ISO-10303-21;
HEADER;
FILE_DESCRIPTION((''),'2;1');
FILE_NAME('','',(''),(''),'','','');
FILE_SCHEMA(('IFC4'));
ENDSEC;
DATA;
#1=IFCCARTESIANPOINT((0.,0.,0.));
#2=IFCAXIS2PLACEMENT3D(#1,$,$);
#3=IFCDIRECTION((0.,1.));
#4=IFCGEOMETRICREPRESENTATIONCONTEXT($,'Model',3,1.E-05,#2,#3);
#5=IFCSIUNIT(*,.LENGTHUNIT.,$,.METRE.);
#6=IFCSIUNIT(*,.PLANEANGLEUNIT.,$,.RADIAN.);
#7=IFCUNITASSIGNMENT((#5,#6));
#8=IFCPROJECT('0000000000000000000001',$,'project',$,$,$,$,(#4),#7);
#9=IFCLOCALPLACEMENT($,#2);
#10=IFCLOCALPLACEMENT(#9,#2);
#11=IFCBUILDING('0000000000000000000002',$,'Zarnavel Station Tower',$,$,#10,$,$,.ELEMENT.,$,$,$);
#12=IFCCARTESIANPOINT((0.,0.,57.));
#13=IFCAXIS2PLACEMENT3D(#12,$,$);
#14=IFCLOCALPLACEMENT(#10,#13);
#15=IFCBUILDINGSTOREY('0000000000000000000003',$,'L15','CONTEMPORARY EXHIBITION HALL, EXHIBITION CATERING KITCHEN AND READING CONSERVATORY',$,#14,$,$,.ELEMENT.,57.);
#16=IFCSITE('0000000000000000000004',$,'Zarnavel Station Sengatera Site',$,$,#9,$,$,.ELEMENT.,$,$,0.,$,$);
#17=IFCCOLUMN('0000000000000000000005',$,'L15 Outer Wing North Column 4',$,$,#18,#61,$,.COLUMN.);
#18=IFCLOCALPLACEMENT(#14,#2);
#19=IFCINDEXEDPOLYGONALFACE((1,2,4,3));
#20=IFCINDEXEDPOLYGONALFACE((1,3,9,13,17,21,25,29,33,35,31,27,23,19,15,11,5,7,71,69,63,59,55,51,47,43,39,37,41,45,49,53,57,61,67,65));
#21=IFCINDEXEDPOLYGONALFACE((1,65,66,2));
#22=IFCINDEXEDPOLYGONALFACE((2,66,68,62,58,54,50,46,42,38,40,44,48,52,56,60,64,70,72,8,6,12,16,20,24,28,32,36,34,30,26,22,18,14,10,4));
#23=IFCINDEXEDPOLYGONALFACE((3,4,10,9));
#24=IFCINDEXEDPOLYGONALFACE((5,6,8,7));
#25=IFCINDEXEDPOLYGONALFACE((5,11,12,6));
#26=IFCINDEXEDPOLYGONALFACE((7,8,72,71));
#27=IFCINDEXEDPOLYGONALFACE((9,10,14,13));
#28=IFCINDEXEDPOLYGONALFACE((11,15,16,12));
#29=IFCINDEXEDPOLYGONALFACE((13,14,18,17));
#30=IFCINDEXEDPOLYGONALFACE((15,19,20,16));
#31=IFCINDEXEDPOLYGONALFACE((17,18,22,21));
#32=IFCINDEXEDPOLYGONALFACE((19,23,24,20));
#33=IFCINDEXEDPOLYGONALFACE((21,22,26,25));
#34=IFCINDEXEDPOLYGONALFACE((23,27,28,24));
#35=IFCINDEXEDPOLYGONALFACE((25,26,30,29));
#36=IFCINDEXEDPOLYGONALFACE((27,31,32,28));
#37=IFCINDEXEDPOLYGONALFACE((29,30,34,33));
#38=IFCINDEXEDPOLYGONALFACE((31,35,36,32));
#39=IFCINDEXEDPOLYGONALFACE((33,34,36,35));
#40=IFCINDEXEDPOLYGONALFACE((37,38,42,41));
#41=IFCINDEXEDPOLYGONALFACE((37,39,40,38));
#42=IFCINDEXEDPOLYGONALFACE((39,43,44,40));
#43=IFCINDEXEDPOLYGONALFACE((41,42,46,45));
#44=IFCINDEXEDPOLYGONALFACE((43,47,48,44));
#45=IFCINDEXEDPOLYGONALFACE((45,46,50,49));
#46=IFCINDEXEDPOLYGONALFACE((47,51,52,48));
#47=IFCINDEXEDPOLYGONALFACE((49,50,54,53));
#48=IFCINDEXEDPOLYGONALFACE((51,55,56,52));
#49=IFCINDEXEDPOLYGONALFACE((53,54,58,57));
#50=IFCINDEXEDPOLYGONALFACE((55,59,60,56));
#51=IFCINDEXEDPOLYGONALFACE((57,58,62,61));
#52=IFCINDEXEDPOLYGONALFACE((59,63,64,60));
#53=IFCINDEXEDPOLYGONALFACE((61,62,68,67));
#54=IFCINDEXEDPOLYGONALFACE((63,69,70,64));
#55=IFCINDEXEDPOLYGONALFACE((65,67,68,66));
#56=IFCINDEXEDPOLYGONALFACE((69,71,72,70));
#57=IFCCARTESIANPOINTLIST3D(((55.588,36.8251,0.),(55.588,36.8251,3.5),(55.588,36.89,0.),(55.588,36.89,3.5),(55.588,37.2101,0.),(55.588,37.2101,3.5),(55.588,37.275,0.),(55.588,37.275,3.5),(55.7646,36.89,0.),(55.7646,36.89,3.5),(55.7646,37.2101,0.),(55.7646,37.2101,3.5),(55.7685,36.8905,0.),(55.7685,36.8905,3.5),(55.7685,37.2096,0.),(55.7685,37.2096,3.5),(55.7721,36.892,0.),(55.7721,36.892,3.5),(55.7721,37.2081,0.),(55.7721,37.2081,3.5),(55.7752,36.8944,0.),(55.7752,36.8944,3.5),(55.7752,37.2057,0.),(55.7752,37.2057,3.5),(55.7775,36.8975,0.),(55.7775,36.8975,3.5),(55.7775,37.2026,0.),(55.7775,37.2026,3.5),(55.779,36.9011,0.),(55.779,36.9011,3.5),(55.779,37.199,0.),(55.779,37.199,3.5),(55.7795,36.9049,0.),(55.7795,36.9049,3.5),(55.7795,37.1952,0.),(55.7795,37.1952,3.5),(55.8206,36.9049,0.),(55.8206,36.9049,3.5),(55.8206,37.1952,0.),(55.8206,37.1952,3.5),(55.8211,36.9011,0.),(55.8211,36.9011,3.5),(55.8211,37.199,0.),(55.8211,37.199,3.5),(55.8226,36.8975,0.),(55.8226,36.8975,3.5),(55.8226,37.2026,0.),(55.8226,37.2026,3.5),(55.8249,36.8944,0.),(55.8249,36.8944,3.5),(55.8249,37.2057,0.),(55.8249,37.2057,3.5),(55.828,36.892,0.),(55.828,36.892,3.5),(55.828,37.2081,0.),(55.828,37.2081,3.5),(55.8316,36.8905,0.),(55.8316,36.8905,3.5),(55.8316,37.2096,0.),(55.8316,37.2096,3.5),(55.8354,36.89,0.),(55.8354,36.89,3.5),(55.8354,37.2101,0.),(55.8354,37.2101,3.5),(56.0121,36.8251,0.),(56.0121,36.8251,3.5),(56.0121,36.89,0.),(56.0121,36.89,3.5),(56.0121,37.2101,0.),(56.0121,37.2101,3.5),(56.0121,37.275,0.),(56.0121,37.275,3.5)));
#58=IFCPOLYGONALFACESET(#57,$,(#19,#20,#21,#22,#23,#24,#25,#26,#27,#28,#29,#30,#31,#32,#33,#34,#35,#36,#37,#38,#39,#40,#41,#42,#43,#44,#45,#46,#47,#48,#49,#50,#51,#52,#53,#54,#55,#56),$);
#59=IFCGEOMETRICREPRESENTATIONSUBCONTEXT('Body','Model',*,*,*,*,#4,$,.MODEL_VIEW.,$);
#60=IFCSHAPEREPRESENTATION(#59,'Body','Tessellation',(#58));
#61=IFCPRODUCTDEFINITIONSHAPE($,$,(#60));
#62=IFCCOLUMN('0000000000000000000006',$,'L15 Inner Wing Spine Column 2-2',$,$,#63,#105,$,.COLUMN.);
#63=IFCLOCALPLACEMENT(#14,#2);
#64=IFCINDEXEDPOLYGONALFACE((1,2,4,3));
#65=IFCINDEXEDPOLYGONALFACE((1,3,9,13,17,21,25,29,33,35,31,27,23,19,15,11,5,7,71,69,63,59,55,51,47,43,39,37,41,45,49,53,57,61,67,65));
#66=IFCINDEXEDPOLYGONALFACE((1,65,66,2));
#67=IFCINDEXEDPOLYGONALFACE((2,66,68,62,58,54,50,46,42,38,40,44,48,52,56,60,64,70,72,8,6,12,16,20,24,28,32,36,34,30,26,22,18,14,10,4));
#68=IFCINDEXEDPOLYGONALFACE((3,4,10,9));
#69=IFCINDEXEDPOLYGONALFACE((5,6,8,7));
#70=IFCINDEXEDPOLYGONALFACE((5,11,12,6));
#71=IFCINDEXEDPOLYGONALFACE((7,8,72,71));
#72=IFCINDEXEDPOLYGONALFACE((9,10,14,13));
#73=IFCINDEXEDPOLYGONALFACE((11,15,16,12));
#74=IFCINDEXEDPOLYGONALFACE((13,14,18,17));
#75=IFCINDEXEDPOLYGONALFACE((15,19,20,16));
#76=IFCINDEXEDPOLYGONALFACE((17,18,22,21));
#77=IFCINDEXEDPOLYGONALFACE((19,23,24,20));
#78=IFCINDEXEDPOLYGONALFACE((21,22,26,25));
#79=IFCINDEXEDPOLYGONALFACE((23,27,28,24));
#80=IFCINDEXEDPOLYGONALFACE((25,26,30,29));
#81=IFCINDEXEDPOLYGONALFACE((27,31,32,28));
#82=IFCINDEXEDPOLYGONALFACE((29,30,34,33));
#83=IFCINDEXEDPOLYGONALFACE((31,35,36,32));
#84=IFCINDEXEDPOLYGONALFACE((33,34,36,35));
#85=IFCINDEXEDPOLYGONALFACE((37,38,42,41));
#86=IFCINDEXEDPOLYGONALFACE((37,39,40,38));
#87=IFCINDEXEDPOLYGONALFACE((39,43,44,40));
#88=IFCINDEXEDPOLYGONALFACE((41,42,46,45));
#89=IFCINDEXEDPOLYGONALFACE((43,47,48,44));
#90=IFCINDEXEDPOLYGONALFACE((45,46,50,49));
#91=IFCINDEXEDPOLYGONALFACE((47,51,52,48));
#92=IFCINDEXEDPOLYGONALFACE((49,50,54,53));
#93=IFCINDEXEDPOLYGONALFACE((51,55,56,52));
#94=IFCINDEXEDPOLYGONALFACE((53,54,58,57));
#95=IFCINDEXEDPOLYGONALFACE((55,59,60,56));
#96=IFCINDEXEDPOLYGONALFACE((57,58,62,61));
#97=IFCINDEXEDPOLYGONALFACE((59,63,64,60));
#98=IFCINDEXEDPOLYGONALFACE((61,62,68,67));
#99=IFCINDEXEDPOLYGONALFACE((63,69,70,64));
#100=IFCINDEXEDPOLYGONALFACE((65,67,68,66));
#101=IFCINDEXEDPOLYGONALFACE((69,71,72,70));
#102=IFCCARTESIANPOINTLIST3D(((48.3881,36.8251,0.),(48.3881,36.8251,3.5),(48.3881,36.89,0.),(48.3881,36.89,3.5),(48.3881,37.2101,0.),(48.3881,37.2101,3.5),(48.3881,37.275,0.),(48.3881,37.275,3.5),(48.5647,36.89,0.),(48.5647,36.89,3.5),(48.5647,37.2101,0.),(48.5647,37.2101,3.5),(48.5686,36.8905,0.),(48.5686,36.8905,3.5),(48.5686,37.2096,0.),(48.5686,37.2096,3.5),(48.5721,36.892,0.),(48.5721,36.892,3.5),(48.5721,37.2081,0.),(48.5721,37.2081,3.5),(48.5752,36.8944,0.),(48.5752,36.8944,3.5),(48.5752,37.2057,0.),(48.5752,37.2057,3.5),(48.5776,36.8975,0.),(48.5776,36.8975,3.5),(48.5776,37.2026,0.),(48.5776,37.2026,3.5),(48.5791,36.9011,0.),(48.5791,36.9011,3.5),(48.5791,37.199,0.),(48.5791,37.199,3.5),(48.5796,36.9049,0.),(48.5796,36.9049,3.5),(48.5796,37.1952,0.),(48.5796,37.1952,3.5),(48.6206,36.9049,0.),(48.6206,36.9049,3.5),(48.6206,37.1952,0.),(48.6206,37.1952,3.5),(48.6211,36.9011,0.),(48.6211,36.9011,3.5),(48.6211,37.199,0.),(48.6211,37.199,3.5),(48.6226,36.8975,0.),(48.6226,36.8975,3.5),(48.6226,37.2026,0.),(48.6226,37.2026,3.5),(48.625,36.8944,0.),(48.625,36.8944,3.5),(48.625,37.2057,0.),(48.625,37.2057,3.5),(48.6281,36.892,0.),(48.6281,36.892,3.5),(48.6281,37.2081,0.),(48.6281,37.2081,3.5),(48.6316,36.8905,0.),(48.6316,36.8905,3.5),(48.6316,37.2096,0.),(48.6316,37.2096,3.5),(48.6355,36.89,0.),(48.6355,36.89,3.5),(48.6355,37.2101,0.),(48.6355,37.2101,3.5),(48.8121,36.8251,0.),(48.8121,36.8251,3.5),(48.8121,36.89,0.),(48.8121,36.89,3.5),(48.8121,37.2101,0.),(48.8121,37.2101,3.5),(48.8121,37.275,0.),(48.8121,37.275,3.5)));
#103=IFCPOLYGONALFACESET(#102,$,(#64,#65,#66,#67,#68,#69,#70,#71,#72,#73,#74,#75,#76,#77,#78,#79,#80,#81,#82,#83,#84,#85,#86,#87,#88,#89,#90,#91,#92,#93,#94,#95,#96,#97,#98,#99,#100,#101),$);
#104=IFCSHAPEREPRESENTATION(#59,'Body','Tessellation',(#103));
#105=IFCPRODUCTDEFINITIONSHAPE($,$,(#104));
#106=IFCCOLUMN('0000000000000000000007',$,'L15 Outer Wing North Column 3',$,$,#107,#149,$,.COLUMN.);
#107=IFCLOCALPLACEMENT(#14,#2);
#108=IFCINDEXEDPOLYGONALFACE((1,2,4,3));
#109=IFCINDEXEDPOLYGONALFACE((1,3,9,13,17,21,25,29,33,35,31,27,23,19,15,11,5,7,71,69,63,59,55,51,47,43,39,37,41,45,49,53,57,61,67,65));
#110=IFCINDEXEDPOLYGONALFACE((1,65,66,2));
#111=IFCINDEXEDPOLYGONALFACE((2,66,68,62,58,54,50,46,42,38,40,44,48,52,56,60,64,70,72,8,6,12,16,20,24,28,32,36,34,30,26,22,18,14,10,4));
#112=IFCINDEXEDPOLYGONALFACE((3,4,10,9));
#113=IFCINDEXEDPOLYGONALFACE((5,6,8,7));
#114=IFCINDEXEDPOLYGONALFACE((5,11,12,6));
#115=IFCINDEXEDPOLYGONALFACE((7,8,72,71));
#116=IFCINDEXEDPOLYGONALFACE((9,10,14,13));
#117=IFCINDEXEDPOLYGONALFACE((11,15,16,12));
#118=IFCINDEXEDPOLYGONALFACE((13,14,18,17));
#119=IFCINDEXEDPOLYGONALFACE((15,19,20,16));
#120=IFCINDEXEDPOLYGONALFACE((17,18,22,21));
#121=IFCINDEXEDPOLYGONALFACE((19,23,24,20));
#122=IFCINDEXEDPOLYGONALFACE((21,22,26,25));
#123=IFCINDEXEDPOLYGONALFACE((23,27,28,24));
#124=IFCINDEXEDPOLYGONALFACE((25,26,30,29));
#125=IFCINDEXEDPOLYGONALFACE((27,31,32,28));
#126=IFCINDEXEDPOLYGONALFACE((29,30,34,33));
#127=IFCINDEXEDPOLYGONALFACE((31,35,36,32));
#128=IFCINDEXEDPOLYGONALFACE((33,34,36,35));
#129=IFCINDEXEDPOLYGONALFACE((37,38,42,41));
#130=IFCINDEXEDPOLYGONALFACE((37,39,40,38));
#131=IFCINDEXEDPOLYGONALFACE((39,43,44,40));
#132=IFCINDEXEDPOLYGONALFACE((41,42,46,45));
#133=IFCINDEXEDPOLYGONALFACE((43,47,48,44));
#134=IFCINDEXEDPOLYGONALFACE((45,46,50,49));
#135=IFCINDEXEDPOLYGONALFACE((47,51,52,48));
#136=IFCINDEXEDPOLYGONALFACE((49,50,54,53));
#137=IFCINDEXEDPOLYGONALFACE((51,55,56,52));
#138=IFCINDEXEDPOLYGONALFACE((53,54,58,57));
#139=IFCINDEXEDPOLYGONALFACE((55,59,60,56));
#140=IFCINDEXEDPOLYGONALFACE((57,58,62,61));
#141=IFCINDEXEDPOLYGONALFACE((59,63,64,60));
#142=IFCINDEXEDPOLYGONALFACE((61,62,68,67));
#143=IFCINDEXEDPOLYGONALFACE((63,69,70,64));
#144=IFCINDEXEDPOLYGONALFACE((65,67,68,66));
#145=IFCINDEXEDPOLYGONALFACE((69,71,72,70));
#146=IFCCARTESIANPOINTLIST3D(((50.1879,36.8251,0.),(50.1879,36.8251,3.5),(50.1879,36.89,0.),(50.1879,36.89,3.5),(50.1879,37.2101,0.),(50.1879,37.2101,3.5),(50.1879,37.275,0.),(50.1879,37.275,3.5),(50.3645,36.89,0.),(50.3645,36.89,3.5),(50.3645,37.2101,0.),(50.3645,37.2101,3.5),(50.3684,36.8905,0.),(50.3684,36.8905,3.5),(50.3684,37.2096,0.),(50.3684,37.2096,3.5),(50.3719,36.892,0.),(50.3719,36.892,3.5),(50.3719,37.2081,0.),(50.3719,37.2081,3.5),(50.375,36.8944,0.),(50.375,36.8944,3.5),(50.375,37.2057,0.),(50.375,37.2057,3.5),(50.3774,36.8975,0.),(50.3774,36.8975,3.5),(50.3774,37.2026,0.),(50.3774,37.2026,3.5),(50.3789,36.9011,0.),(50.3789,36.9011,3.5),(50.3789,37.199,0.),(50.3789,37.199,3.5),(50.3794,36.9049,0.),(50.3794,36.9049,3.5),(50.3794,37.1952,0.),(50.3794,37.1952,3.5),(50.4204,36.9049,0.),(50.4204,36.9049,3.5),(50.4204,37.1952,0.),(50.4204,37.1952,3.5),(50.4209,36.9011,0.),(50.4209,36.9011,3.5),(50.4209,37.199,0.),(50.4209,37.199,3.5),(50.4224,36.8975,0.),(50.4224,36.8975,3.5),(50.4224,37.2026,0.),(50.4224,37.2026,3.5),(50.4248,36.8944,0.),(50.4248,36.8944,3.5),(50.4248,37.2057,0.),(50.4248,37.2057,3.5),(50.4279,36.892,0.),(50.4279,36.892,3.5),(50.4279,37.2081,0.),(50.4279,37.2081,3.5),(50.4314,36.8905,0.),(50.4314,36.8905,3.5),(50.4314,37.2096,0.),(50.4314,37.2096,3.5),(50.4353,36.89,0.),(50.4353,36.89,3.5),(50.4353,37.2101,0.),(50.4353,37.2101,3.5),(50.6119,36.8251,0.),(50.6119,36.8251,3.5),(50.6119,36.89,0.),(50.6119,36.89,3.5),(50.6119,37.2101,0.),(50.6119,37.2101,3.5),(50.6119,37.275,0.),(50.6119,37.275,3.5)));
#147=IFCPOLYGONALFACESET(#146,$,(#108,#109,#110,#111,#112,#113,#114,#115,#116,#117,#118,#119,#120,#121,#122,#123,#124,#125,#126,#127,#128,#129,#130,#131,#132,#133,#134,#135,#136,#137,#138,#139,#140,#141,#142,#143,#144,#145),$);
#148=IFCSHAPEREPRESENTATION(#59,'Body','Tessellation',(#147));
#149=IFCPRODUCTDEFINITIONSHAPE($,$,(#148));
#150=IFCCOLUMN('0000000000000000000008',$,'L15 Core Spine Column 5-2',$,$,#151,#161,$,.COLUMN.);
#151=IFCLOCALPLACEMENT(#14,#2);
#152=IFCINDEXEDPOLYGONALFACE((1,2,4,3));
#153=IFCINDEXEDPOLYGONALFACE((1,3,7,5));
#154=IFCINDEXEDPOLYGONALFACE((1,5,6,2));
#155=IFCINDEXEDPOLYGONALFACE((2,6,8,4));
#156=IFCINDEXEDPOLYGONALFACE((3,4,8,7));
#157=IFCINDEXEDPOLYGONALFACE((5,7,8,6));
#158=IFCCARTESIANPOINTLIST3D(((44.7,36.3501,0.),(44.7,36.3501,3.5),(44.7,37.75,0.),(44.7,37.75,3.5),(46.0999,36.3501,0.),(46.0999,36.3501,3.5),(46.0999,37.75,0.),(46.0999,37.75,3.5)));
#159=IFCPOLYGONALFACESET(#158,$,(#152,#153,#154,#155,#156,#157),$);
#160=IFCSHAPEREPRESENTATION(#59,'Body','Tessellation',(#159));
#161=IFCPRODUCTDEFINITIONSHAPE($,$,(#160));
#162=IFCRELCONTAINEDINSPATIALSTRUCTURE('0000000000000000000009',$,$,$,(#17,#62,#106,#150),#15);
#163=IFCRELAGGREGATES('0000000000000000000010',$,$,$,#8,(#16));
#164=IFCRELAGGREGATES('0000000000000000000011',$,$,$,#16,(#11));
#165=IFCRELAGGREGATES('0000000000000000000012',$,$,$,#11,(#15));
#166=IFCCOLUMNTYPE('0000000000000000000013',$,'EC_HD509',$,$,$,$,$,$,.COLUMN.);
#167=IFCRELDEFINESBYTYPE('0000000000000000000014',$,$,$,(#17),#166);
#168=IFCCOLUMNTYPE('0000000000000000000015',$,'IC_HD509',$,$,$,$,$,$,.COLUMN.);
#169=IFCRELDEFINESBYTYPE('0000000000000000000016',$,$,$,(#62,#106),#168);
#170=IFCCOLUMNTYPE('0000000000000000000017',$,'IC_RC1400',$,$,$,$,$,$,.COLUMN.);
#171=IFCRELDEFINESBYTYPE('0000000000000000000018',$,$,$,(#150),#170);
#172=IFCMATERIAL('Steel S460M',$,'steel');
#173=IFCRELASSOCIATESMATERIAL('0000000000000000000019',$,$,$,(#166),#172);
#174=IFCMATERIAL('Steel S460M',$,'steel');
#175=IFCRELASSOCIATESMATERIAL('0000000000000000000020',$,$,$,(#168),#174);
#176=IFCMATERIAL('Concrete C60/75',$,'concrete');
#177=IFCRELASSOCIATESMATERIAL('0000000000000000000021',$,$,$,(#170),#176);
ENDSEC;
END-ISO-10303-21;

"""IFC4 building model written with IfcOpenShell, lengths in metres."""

from ifc_helpers import new_model, si_unit, direction, frame, origin, origin_2d, place, context, subcontext, project, spatial, rectangle, i_section, extrude, material, material_profile, profile_set, type_object, element, save


model = new_model("IFC4")

# Units and contexts
model_context = context("Model", 3, precision=1e-05, world=origin(), true_north=direction((0.0, 1.0)))
body_context = subcontext(model_context, "Body", "Model", "MODEL_VIEW")
ifc_project = project(units=[si_unit("LENGTHUNIT", "METRE"), si_unit("PLANEANGLEUNIT", "RADIAN")], contexts=[model_context])

# Site, building, storey
site_placement = place(None, origin())
site = spatial("IfcSite", under=ifc_project, at=site_placement, Name="Zarnavel Station Sengatera Site", CompositionType="ELEMENT", RefElevation=0.0)
building_placement = place(site_placement, origin())
building = spatial("IfcBuilding", under=site, at=building_placement, Name="Zarnavel Station Tower", CompositionType="ELEMENT")
storey_placement = place(building_placement, frame((0.0, 0.0, 57.0)))
storey = spatial("IfcBuildingStorey", under=building, at=storey_placement, Name="L15", Description="CONTEMPORARY EXHIBITION HALL, EXHIBITION CATERING KITCHEN AND READING CONSERVATORY", CompositionType="ELEMENT", Elevation=57.0)

# Columns
ifc_material_1 = material(Name="Steel S460M", Category="steel")
ifc_material_profile_1 = material_profile(ifc_material_1, i_section(OverallWidth=0.4241, OverallDepth=0.45, WebThickness=0.041, FlangeThickness=0.0649, FilletRadius=0.0149, at=origin_2d()), Name="HD400x509")
ifc_profile_set_1 = profile_set([ifc_material_profile_1], Name="Steel S460M")
column_type_1 = type_object("IfcColumnType", Name="EC_HD509", PredefinedType="COLUMN", material=ifc_profile_set_1)
column_1_placement = place(storey_placement, frame((55.8, 37.05, 0.0), z_axis=(0.0, 0.0, 1.0), x_axis=(1.0, 0.0, 0.0)))
element("IfcColumn", 1, at=column_1_placement, inside=storey, type_object=column_type_1, Name="L15 Outer Wing North Column 4", PredefinedType="COLUMN", context=body_context, shape_type="SweptSolid", body=[
    extrude(i_section(OverallWidth=0.4241, OverallDepth=0.45, WebThickness=0.041, FlangeThickness=0.0649, FilletRadius=0.0149, at=origin_2d()), origin(), (0.0, 0.0, 1.0), 3.5),
])
ifc_material_2 = material(Name="Steel S460M", Category="steel")
ifc_material_profile_2 = material_profile(ifc_material_2, i_section(OverallWidth=0.4241, OverallDepth=0.45, WebThickness=0.041, FlangeThickness=0.0649, FilletRadius=0.0149, at=origin_2d()), Name="HD400x509")
ifc_profile_set_2 = profile_set([ifc_material_profile_2], Name="Steel S460M")
column_type_2 = type_object("IfcColumnType", Name="IC_HD509", PredefinedType="COLUMN", material=ifc_profile_set_2)
for number, where, z_axis, x_axis, name in (
    (2, (48.6001, 37.05, 0.0), (0.0, 0.0, 1.0), (1.0, 0.0, 0.0), "L15 Inner Wing Spine Column 2-2"),
    (3, (50.3999, 37.05, 0.0), (0.0, 0.0, 1.0), (1.0, 0.0, 0.0), "L15 Outer Wing North Column 3"),
):
    element("IfcColumn", number, at=place(storey_placement, frame(where, z_axis=z_axis, x_axis=x_axis)), inside=storey, type_object=column_type_2, Name=name, PredefinedType="COLUMN", context=body_context, shape_type="SweptSolid", body=[
        extrude(i_section(OverallWidth=0.4241, OverallDepth=0.45, WebThickness=0.041, FlangeThickness=0.0649, FilletRadius=0.0149, at=origin_2d()), origin(), (0.0, 0.0, 1.0), 3.5),
    ])
ifc_material_3 = material(Name="Concrete C60/75", Category="concrete")
ifc_material_profile_3 = material_profile(ifc_material_3, rectangle(XDim=1.3999, YDim=1.3999, at=origin_2d()), Name="RC1400x1400")
ifc_profile_set_3 = profile_set([ifc_material_profile_3], Name="Concrete C60/75")
column_type_3 = type_object("IfcColumnType", Name="IC_RC1400", PredefinedType="COLUMN", material=ifc_profile_set_3)
column_2_placement = place(storey_placement, frame((45.3999, 37.05, 0.0), z_axis=(0.0, 0.0, 1.0), x_axis=(1.0, 0.0, 0.0)))
element("IfcColumn", 4, at=column_2_placement, inside=storey, type_object=column_type_3, Name="L15 Core Spine Column 5-2", PredefinedType="COLUMN", context=body_context, shape_type="SweptSolid", body=[
    extrude(rectangle(XDim=1.3999, YDim=1.3999, at=origin_2d()), origin(), (0.0, 0.0, 1.0), 3.5),
])

save(model, "model.ifc")
